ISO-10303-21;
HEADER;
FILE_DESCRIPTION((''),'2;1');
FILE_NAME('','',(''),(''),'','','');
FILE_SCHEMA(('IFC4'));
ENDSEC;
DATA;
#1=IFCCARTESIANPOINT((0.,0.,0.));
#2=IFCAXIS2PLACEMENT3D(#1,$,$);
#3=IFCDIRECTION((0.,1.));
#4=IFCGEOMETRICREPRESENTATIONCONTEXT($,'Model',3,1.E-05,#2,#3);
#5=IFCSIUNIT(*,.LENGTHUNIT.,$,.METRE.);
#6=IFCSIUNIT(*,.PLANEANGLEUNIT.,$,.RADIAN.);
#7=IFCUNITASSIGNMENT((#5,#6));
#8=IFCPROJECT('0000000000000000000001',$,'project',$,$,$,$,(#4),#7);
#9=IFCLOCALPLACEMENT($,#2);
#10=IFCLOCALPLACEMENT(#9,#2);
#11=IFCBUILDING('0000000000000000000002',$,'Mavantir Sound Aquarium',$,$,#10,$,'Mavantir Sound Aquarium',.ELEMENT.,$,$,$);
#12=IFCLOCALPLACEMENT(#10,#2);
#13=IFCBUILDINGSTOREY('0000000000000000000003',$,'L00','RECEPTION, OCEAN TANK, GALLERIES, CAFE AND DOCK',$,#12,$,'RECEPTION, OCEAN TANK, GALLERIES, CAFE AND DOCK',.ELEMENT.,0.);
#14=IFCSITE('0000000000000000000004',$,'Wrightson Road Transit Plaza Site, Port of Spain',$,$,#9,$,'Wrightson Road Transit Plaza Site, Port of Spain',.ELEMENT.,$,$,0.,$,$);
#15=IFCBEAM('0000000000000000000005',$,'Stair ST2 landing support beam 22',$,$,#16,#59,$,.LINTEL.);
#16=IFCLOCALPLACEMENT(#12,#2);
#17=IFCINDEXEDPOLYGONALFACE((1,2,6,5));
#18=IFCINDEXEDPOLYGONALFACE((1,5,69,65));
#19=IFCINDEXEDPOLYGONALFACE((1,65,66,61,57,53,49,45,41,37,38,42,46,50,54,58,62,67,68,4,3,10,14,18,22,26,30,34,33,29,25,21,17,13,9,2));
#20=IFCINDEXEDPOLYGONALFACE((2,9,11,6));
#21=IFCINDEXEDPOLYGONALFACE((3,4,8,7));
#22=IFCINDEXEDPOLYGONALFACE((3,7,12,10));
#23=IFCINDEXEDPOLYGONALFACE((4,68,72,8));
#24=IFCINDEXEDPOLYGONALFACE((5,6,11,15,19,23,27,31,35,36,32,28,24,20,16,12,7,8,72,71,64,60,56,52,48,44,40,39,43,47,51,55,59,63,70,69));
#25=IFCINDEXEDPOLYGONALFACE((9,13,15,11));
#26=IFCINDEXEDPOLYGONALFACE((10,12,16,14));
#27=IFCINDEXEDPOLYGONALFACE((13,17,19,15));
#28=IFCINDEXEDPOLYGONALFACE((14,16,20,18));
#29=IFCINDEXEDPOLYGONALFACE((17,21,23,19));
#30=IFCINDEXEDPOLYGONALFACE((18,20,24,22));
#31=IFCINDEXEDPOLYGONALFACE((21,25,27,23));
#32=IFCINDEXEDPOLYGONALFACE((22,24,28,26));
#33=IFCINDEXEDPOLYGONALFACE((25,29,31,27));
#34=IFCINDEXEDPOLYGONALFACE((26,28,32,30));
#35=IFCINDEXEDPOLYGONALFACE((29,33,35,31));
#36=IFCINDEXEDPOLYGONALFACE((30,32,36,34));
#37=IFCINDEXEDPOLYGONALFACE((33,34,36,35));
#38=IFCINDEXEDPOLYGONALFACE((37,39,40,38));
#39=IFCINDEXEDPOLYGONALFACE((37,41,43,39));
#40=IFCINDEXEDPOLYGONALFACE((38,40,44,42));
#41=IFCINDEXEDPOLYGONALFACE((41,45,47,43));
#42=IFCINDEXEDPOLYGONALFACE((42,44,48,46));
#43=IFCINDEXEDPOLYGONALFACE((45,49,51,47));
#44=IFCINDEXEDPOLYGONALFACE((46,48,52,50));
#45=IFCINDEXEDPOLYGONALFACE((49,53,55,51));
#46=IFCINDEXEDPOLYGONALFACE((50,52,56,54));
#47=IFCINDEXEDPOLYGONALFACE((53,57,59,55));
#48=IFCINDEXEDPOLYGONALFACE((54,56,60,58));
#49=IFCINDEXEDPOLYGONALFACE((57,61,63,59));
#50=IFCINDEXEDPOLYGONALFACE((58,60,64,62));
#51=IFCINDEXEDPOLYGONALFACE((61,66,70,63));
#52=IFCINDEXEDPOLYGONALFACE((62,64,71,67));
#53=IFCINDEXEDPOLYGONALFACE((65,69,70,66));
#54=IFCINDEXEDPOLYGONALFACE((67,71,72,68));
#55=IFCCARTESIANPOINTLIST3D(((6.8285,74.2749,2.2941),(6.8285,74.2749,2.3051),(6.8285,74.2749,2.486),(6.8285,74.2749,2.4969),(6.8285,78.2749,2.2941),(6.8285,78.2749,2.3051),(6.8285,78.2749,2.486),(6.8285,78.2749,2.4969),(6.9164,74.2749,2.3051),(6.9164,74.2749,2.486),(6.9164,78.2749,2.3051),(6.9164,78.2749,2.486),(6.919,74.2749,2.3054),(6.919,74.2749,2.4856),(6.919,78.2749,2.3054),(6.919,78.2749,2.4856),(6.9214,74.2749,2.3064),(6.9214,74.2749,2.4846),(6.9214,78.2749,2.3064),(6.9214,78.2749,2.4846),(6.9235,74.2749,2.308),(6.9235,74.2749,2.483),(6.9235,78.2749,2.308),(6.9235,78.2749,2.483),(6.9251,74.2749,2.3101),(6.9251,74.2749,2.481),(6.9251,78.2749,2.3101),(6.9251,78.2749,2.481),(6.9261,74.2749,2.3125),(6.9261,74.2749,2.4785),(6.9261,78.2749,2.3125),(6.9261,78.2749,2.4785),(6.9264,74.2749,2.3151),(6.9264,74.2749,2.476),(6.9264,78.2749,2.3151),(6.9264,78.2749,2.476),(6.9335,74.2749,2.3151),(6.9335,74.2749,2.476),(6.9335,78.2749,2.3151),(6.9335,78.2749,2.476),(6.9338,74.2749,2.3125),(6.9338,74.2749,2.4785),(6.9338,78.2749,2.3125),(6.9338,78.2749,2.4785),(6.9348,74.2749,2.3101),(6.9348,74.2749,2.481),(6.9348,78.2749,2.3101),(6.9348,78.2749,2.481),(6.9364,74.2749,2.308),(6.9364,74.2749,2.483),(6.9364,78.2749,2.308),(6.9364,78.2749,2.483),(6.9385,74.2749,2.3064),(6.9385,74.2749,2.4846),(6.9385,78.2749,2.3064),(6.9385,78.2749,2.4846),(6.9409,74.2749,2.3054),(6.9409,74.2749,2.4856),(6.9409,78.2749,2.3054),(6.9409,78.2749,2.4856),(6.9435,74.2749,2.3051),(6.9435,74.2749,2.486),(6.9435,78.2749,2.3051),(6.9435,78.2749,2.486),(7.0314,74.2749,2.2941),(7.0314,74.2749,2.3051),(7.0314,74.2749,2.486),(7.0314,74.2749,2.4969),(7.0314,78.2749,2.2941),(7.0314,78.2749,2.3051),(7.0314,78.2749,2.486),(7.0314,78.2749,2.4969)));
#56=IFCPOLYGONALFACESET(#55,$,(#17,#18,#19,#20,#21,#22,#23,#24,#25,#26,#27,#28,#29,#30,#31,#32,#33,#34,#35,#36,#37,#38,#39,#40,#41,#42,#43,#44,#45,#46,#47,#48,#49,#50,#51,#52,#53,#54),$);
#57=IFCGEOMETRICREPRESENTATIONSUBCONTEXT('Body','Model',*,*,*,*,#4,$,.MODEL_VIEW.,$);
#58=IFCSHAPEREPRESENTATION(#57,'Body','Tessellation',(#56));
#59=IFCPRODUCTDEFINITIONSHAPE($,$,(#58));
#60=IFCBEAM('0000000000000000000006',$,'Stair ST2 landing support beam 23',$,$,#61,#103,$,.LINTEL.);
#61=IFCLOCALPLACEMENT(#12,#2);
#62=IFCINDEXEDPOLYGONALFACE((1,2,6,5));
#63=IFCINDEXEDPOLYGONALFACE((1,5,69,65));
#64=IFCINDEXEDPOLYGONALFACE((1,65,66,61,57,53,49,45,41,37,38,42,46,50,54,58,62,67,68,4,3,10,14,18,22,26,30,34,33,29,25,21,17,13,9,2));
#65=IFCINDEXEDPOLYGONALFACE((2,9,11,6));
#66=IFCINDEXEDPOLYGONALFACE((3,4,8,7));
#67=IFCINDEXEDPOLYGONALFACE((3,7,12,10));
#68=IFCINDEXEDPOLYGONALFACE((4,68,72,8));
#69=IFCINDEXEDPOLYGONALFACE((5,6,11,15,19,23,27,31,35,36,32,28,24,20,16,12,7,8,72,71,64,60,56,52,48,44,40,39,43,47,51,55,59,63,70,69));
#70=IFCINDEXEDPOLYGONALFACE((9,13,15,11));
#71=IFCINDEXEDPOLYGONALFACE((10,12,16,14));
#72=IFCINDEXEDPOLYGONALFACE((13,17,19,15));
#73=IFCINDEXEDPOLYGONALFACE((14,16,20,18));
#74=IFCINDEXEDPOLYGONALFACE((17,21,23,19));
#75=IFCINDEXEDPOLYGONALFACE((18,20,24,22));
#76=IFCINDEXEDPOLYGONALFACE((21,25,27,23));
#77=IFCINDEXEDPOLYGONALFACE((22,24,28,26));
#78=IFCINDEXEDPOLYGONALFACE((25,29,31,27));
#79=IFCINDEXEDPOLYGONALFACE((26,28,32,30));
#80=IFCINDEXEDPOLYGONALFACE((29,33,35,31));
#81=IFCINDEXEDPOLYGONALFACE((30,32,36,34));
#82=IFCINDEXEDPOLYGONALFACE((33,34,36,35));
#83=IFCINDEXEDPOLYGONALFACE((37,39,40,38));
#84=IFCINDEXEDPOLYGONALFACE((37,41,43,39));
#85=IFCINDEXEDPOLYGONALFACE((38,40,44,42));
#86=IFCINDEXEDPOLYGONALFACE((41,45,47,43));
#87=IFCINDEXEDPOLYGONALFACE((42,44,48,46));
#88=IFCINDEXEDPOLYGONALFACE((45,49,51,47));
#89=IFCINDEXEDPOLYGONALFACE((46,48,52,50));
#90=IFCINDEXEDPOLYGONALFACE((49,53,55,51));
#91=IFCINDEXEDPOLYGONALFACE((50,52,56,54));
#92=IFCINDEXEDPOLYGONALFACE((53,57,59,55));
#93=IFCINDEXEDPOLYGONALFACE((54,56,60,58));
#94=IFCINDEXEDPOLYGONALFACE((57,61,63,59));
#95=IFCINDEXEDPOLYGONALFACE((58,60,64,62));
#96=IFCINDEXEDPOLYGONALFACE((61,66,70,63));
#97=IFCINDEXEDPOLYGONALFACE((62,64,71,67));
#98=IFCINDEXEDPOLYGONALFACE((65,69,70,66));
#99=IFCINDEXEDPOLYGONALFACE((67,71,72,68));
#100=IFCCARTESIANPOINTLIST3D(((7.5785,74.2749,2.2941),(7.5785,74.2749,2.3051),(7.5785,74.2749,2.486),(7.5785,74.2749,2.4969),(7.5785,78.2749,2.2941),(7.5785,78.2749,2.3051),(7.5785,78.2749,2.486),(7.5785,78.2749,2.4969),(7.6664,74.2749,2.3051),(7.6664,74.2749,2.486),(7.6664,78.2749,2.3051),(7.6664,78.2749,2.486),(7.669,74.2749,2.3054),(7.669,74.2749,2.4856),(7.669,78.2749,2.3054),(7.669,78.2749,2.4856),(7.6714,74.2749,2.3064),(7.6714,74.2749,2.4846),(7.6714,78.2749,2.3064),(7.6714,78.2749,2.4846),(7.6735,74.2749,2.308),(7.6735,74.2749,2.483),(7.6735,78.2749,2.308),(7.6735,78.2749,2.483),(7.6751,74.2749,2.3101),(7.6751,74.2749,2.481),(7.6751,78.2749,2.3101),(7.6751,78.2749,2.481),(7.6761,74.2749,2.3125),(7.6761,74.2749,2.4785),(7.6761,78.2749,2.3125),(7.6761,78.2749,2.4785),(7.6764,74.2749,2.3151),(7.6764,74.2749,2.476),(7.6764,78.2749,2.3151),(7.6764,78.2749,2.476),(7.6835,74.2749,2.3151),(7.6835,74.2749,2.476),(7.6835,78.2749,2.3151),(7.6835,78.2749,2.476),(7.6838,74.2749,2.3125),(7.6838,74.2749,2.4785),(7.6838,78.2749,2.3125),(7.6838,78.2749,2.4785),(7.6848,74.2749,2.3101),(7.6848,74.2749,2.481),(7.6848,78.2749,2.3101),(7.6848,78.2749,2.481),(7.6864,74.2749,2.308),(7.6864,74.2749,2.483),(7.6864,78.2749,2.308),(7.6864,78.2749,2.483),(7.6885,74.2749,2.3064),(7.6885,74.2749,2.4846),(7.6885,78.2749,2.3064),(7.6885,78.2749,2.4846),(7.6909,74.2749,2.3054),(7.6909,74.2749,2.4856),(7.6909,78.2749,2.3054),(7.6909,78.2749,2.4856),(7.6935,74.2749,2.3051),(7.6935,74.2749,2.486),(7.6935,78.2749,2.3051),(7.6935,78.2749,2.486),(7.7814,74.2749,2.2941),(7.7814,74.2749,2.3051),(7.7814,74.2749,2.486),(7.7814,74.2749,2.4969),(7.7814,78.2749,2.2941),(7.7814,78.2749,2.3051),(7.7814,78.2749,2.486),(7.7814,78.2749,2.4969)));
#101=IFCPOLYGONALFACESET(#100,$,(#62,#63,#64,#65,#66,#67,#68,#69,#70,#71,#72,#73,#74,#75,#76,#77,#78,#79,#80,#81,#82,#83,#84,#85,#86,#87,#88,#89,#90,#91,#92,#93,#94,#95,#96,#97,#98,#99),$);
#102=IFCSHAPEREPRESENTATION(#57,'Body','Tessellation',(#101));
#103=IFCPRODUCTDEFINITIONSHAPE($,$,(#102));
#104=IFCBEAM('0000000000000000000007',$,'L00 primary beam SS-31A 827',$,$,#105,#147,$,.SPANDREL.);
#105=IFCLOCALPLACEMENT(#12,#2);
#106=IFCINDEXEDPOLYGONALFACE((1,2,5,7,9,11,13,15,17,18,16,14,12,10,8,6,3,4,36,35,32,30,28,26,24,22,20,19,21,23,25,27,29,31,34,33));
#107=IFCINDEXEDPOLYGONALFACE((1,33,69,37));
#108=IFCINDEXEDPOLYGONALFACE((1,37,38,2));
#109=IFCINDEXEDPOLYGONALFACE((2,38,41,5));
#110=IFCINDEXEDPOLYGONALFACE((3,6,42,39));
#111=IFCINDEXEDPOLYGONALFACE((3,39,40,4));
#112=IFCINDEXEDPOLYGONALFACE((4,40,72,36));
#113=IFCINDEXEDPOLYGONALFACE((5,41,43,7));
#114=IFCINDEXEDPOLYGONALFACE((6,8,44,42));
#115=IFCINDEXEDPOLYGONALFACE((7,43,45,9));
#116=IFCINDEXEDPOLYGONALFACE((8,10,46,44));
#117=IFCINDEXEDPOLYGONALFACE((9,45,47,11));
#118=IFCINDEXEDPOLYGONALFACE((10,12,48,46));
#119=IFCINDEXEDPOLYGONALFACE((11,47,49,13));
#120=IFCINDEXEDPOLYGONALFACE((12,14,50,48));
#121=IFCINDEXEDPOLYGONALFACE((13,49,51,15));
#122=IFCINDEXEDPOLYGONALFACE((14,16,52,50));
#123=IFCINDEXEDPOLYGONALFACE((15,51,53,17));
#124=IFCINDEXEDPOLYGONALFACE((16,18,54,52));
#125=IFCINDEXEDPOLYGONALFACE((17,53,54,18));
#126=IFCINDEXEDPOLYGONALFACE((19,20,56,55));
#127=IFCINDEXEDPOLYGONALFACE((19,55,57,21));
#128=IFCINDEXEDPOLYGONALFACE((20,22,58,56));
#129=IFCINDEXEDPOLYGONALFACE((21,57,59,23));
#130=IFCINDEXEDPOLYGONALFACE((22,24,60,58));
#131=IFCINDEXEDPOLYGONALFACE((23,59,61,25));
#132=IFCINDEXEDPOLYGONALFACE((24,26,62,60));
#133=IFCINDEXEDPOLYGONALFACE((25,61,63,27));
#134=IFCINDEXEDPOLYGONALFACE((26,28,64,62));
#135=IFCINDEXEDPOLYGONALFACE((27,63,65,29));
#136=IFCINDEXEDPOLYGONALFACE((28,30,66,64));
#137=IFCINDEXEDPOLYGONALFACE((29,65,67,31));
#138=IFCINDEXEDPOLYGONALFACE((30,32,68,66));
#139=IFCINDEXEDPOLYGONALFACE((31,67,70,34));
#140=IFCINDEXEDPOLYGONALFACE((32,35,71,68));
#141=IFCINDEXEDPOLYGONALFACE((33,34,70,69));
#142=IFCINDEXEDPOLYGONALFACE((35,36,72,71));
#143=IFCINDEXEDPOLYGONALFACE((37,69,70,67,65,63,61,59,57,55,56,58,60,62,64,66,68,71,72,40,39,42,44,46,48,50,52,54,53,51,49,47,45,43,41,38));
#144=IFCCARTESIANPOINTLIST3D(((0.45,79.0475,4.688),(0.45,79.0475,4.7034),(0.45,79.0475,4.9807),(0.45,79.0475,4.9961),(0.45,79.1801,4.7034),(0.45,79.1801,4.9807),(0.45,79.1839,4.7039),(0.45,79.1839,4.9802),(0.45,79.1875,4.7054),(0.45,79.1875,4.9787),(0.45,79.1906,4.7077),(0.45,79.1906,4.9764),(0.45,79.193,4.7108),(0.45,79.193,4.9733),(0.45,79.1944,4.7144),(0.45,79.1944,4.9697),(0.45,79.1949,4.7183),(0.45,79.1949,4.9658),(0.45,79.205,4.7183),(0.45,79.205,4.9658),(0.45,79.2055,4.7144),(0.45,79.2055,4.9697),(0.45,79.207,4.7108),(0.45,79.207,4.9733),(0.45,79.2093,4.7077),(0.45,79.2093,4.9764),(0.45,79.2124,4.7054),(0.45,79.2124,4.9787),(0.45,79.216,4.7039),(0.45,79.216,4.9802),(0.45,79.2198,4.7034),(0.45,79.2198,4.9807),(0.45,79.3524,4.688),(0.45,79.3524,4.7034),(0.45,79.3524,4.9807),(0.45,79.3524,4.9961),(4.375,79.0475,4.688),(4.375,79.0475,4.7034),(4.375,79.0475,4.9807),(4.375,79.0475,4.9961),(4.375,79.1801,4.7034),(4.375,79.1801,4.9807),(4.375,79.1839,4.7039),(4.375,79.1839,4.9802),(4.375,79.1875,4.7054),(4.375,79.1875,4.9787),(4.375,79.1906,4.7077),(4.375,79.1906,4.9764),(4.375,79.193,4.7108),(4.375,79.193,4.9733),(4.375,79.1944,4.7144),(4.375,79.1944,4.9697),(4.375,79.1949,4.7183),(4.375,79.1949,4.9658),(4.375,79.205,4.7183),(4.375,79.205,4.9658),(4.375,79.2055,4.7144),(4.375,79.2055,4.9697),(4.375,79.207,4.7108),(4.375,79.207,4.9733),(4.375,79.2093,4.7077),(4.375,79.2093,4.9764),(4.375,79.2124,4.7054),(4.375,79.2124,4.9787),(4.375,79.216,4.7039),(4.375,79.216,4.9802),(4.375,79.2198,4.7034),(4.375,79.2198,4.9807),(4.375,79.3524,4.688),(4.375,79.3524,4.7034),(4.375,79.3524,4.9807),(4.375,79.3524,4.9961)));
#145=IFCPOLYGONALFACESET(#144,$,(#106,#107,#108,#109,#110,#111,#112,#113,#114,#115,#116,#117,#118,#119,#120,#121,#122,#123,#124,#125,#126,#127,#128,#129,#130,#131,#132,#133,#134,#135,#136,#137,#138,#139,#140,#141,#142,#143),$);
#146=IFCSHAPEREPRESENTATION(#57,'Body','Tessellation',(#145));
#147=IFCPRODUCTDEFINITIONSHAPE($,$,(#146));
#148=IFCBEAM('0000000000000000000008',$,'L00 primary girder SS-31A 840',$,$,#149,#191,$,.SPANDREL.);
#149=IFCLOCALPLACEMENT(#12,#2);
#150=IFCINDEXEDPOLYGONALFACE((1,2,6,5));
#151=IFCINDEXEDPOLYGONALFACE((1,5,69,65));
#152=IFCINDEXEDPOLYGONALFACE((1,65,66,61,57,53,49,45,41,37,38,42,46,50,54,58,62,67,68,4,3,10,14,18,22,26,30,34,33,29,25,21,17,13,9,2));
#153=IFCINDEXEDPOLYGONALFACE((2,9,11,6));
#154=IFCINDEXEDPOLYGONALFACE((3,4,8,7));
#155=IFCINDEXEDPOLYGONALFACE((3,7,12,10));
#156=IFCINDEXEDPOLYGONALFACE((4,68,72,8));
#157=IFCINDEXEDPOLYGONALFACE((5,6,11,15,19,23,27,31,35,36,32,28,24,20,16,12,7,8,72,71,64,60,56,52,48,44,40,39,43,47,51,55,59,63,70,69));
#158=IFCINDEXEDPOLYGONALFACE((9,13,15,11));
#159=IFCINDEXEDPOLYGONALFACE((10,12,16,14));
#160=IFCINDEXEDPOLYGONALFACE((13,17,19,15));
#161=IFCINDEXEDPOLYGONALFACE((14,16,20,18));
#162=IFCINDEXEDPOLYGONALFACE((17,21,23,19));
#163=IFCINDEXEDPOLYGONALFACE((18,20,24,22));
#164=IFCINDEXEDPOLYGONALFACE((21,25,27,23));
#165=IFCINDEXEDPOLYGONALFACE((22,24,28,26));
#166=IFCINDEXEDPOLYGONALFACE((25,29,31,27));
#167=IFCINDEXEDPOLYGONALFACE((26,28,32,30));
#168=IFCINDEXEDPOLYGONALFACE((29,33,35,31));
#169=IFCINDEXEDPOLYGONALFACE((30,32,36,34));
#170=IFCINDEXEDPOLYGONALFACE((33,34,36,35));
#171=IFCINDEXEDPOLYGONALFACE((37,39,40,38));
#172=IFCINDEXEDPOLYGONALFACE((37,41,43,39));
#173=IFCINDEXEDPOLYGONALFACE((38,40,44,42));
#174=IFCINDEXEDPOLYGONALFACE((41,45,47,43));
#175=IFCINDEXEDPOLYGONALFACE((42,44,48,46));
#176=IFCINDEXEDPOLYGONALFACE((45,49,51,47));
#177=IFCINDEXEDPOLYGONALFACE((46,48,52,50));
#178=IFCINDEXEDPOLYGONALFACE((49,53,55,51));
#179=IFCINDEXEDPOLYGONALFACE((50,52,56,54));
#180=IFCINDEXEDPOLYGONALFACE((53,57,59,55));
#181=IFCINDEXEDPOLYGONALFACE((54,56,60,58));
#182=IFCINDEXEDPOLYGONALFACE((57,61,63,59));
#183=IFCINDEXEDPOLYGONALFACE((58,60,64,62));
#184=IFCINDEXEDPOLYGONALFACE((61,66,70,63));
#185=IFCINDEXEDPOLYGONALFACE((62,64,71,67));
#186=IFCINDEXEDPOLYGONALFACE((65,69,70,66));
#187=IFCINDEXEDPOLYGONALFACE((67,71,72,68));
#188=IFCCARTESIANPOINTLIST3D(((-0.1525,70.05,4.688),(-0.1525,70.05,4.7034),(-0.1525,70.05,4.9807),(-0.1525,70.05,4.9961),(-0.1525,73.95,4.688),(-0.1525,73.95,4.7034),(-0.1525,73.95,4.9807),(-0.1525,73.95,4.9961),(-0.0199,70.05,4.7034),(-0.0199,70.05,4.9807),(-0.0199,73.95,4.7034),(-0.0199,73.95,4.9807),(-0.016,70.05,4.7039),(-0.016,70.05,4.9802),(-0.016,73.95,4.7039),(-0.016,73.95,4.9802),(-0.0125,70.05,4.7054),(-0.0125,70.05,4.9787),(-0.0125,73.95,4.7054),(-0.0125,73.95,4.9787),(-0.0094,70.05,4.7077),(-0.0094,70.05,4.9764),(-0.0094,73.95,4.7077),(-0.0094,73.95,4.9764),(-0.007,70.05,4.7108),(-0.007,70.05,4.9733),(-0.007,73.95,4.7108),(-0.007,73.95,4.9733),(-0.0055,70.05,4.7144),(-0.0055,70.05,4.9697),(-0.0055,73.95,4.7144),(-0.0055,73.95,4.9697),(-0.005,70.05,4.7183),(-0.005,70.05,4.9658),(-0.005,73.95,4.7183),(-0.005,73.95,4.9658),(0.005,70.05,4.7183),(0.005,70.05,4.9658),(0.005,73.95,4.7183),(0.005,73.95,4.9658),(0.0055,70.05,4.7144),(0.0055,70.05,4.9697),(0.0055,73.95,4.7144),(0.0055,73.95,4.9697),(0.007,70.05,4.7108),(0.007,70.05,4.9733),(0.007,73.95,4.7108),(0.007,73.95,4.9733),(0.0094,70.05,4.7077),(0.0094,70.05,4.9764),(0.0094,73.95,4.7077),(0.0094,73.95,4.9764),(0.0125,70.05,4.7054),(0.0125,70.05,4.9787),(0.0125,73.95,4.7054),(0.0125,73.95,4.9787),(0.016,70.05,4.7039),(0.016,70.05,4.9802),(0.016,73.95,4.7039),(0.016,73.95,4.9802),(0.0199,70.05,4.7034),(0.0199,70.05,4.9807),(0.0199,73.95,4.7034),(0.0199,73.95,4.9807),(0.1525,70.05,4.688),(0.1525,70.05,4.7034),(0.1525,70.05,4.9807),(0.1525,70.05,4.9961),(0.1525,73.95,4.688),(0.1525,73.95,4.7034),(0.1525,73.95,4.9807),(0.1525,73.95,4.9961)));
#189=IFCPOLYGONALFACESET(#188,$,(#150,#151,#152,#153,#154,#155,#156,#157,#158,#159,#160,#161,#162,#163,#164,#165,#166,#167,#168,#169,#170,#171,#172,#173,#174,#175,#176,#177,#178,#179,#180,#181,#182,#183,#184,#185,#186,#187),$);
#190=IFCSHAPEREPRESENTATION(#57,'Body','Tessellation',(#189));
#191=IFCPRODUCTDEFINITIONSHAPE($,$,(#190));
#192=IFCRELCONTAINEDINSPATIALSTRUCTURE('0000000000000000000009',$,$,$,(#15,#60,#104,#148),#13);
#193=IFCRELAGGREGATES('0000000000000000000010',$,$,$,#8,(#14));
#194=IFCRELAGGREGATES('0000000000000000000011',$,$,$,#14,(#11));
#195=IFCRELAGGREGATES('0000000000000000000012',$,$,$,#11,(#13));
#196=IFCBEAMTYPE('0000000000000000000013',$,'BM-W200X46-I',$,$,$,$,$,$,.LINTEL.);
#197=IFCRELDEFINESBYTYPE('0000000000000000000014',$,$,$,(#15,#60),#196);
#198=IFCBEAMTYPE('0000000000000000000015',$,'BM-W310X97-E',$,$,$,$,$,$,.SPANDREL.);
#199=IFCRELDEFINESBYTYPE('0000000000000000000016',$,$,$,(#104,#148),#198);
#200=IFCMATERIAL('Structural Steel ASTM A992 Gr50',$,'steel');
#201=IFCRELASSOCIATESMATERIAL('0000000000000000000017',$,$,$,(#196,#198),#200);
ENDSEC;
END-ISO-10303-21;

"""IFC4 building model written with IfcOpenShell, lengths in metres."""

from ifc_helpers import new_model, si_unit, direction, frame, origin, origin_2d, place, context, subcontext, project, spatial, i_section, extrude, material, material_profile, profile_set, type_object, element, save


model = new_model("IFC4")

# Units and contexts
model_context = context("Model", 3, precision=1e-05, world=origin(), true_north=direction((0.0, 1.0)))
body_context = subcontext(model_context, "Body", "Model", "MODEL_VIEW")
ifc_project = project(units=[si_unit("LENGTHUNIT", "METRE"), si_unit("PLANEANGLEUNIT", "RADIAN")], contexts=[model_context])

# Site, building, storey
site_placement = place(None, origin())
site = spatial("IfcSite", under=ifc_project, at=site_placement, Name="Wrightson Road Transit Plaza Site, Port of Spain", LongName="Wrightson Road Transit Plaza Site, Port of Spain", CompositionType="ELEMENT", RefElevation=0.0)
building_placement = place(site_placement, origin())
building = spatial("IfcBuilding", under=site, at=building_placement, Name="Mavantir Sound Aquarium", LongName="Mavantir Sound Aquarium", CompositionType="ELEMENT")
storey_placement = place(building_placement, origin())
storey = spatial("IfcBuildingStorey", under=building, at=storey_placement, Name="L00", Description="RECEPTION, OCEAN TANK, GALLERIES, CAFE AND DOCK", LongName="RECEPTION, OCEAN TANK, GALLERIES, CAFE AND DOCK", CompositionType="ELEMENT", Elevation=0.0)

# Beams
ifc_material_1 = material(Name="Structural Steel ASTM A992 Gr50", Category="steel")
ifc_material_profile_1 = material_profile(ifc_material_1, i_section(OverallWidth=0.2029, OverallDepth=0.2029, WebThickness=0.0071, FlangeThickness=0.011, FilletRadius=0.01, at=origin_2d()), Name="W200X46")
ifc_profile_set_1 = profile_set([ifc_material_profile_1], Name="Structural Steel ASTM A992 Gr50")
beam_type_1 = type_object("IfcBeamType", Name="BM-W200X46-I", PredefinedType="LINTEL", material=ifc_profile_set_1)
for number, where, z_axis, x_axis, name in (
    (1, (6.9299, 74.2749, 2.3955), (0.0, 1.0, 0.0), (-1.0, 0.0, 0.0), "Stair ST2 landing support beam 22"),
    (2, (7.6799, 74.2749, 2.3955), (0.0, 1.0, 0.0), (-1.0, 0.0, 0.0), "Stair ST2 landing support beam 23"),
):
    element("IfcBeam", number, at=place(storey_placement, frame(where, z_axis=z_axis, x_axis=x_axis)), inside=storey, type_object=beam_type_1, Name=name, PredefinedType="LINTEL", context=body_context, shape_type="SweptSolid", body=[
        extrude(i_section(OverallWidth=0.2029, OverallDepth=0.2029, WebThickness=0.0071, FlangeThickness=0.011, FilletRadius=0.01, at=origin_2d()), origin(), (0.0, 0.0, 1.0), 4.0),
    ])
ifc_material_profile_2 = material_profile(ifc_material_1, i_section(OverallWidth=0.3049, OverallDepth=0.3081, WebThickness=0.01, FlangeThickness=0.0154, FilletRadius=0.0149, at=origin_2d()), Name="W310X97")
ifc_profile_set_2 = profile_set([ifc_material_profile_2], Name="Structural Steel ASTM A992 Gr50")
beam_type_2 = type_object("IfcBeamType", Name="BM-W310X97-E", PredefinedType="SPANDREL", material=ifc_profile_set_2)
beam_1_placement = place(storey_placement, frame((0.45, 79.2, 4.842), z_axis=(1.0, 0.0, 0.0), x_axis=(0.0, 1.0, 0.0)))
element("IfcBeam", 3, at=beam_1_placement, inside=storey, type_object=beam_type_2, Name="L00 primary beam SS-31A 827", PredefinedType="SPANDREL", context=body_context, shape_type="SweptSolid", body=[
    extrude(i_section(OverallWidth=0.3049, OverallDepth=0.3081, WebThickness=0.01, FlangeThickness=0.0154, FilletRadius=0.0149, at=origin_2d()), origin(), (0.0, 0.0, 1.0), 3.925),
])
for number, where, z_axis, x_axis, name in (
    (4, (0.0, 70.05, 4.842), (0.0, 1.0, 0.0), (-1.0, 0.0, 0.0), "L00 primary girder SS-31A 840"),
):
    element("IfcBeam", number, at=place(storey_placement, frame(where, z_axis=z_axis, x_axis=x_axis)), inside=storey, type_object=beam_type_2, Name=name, PredefinedType="SPANDREL", context=body_context, shape_type="SweptSolid", body=[
        extrude(i_section(OverallWidth=0.3049, OverallDepth=0.3081, WebThickness=0.01, FlangeThickness=0.0154, FilletRadius=0.0149, at=origin_2d()), origin(), (0.0, 0.0, 1.0), 3.8999),
    ])

save(model, "model.ifc")
